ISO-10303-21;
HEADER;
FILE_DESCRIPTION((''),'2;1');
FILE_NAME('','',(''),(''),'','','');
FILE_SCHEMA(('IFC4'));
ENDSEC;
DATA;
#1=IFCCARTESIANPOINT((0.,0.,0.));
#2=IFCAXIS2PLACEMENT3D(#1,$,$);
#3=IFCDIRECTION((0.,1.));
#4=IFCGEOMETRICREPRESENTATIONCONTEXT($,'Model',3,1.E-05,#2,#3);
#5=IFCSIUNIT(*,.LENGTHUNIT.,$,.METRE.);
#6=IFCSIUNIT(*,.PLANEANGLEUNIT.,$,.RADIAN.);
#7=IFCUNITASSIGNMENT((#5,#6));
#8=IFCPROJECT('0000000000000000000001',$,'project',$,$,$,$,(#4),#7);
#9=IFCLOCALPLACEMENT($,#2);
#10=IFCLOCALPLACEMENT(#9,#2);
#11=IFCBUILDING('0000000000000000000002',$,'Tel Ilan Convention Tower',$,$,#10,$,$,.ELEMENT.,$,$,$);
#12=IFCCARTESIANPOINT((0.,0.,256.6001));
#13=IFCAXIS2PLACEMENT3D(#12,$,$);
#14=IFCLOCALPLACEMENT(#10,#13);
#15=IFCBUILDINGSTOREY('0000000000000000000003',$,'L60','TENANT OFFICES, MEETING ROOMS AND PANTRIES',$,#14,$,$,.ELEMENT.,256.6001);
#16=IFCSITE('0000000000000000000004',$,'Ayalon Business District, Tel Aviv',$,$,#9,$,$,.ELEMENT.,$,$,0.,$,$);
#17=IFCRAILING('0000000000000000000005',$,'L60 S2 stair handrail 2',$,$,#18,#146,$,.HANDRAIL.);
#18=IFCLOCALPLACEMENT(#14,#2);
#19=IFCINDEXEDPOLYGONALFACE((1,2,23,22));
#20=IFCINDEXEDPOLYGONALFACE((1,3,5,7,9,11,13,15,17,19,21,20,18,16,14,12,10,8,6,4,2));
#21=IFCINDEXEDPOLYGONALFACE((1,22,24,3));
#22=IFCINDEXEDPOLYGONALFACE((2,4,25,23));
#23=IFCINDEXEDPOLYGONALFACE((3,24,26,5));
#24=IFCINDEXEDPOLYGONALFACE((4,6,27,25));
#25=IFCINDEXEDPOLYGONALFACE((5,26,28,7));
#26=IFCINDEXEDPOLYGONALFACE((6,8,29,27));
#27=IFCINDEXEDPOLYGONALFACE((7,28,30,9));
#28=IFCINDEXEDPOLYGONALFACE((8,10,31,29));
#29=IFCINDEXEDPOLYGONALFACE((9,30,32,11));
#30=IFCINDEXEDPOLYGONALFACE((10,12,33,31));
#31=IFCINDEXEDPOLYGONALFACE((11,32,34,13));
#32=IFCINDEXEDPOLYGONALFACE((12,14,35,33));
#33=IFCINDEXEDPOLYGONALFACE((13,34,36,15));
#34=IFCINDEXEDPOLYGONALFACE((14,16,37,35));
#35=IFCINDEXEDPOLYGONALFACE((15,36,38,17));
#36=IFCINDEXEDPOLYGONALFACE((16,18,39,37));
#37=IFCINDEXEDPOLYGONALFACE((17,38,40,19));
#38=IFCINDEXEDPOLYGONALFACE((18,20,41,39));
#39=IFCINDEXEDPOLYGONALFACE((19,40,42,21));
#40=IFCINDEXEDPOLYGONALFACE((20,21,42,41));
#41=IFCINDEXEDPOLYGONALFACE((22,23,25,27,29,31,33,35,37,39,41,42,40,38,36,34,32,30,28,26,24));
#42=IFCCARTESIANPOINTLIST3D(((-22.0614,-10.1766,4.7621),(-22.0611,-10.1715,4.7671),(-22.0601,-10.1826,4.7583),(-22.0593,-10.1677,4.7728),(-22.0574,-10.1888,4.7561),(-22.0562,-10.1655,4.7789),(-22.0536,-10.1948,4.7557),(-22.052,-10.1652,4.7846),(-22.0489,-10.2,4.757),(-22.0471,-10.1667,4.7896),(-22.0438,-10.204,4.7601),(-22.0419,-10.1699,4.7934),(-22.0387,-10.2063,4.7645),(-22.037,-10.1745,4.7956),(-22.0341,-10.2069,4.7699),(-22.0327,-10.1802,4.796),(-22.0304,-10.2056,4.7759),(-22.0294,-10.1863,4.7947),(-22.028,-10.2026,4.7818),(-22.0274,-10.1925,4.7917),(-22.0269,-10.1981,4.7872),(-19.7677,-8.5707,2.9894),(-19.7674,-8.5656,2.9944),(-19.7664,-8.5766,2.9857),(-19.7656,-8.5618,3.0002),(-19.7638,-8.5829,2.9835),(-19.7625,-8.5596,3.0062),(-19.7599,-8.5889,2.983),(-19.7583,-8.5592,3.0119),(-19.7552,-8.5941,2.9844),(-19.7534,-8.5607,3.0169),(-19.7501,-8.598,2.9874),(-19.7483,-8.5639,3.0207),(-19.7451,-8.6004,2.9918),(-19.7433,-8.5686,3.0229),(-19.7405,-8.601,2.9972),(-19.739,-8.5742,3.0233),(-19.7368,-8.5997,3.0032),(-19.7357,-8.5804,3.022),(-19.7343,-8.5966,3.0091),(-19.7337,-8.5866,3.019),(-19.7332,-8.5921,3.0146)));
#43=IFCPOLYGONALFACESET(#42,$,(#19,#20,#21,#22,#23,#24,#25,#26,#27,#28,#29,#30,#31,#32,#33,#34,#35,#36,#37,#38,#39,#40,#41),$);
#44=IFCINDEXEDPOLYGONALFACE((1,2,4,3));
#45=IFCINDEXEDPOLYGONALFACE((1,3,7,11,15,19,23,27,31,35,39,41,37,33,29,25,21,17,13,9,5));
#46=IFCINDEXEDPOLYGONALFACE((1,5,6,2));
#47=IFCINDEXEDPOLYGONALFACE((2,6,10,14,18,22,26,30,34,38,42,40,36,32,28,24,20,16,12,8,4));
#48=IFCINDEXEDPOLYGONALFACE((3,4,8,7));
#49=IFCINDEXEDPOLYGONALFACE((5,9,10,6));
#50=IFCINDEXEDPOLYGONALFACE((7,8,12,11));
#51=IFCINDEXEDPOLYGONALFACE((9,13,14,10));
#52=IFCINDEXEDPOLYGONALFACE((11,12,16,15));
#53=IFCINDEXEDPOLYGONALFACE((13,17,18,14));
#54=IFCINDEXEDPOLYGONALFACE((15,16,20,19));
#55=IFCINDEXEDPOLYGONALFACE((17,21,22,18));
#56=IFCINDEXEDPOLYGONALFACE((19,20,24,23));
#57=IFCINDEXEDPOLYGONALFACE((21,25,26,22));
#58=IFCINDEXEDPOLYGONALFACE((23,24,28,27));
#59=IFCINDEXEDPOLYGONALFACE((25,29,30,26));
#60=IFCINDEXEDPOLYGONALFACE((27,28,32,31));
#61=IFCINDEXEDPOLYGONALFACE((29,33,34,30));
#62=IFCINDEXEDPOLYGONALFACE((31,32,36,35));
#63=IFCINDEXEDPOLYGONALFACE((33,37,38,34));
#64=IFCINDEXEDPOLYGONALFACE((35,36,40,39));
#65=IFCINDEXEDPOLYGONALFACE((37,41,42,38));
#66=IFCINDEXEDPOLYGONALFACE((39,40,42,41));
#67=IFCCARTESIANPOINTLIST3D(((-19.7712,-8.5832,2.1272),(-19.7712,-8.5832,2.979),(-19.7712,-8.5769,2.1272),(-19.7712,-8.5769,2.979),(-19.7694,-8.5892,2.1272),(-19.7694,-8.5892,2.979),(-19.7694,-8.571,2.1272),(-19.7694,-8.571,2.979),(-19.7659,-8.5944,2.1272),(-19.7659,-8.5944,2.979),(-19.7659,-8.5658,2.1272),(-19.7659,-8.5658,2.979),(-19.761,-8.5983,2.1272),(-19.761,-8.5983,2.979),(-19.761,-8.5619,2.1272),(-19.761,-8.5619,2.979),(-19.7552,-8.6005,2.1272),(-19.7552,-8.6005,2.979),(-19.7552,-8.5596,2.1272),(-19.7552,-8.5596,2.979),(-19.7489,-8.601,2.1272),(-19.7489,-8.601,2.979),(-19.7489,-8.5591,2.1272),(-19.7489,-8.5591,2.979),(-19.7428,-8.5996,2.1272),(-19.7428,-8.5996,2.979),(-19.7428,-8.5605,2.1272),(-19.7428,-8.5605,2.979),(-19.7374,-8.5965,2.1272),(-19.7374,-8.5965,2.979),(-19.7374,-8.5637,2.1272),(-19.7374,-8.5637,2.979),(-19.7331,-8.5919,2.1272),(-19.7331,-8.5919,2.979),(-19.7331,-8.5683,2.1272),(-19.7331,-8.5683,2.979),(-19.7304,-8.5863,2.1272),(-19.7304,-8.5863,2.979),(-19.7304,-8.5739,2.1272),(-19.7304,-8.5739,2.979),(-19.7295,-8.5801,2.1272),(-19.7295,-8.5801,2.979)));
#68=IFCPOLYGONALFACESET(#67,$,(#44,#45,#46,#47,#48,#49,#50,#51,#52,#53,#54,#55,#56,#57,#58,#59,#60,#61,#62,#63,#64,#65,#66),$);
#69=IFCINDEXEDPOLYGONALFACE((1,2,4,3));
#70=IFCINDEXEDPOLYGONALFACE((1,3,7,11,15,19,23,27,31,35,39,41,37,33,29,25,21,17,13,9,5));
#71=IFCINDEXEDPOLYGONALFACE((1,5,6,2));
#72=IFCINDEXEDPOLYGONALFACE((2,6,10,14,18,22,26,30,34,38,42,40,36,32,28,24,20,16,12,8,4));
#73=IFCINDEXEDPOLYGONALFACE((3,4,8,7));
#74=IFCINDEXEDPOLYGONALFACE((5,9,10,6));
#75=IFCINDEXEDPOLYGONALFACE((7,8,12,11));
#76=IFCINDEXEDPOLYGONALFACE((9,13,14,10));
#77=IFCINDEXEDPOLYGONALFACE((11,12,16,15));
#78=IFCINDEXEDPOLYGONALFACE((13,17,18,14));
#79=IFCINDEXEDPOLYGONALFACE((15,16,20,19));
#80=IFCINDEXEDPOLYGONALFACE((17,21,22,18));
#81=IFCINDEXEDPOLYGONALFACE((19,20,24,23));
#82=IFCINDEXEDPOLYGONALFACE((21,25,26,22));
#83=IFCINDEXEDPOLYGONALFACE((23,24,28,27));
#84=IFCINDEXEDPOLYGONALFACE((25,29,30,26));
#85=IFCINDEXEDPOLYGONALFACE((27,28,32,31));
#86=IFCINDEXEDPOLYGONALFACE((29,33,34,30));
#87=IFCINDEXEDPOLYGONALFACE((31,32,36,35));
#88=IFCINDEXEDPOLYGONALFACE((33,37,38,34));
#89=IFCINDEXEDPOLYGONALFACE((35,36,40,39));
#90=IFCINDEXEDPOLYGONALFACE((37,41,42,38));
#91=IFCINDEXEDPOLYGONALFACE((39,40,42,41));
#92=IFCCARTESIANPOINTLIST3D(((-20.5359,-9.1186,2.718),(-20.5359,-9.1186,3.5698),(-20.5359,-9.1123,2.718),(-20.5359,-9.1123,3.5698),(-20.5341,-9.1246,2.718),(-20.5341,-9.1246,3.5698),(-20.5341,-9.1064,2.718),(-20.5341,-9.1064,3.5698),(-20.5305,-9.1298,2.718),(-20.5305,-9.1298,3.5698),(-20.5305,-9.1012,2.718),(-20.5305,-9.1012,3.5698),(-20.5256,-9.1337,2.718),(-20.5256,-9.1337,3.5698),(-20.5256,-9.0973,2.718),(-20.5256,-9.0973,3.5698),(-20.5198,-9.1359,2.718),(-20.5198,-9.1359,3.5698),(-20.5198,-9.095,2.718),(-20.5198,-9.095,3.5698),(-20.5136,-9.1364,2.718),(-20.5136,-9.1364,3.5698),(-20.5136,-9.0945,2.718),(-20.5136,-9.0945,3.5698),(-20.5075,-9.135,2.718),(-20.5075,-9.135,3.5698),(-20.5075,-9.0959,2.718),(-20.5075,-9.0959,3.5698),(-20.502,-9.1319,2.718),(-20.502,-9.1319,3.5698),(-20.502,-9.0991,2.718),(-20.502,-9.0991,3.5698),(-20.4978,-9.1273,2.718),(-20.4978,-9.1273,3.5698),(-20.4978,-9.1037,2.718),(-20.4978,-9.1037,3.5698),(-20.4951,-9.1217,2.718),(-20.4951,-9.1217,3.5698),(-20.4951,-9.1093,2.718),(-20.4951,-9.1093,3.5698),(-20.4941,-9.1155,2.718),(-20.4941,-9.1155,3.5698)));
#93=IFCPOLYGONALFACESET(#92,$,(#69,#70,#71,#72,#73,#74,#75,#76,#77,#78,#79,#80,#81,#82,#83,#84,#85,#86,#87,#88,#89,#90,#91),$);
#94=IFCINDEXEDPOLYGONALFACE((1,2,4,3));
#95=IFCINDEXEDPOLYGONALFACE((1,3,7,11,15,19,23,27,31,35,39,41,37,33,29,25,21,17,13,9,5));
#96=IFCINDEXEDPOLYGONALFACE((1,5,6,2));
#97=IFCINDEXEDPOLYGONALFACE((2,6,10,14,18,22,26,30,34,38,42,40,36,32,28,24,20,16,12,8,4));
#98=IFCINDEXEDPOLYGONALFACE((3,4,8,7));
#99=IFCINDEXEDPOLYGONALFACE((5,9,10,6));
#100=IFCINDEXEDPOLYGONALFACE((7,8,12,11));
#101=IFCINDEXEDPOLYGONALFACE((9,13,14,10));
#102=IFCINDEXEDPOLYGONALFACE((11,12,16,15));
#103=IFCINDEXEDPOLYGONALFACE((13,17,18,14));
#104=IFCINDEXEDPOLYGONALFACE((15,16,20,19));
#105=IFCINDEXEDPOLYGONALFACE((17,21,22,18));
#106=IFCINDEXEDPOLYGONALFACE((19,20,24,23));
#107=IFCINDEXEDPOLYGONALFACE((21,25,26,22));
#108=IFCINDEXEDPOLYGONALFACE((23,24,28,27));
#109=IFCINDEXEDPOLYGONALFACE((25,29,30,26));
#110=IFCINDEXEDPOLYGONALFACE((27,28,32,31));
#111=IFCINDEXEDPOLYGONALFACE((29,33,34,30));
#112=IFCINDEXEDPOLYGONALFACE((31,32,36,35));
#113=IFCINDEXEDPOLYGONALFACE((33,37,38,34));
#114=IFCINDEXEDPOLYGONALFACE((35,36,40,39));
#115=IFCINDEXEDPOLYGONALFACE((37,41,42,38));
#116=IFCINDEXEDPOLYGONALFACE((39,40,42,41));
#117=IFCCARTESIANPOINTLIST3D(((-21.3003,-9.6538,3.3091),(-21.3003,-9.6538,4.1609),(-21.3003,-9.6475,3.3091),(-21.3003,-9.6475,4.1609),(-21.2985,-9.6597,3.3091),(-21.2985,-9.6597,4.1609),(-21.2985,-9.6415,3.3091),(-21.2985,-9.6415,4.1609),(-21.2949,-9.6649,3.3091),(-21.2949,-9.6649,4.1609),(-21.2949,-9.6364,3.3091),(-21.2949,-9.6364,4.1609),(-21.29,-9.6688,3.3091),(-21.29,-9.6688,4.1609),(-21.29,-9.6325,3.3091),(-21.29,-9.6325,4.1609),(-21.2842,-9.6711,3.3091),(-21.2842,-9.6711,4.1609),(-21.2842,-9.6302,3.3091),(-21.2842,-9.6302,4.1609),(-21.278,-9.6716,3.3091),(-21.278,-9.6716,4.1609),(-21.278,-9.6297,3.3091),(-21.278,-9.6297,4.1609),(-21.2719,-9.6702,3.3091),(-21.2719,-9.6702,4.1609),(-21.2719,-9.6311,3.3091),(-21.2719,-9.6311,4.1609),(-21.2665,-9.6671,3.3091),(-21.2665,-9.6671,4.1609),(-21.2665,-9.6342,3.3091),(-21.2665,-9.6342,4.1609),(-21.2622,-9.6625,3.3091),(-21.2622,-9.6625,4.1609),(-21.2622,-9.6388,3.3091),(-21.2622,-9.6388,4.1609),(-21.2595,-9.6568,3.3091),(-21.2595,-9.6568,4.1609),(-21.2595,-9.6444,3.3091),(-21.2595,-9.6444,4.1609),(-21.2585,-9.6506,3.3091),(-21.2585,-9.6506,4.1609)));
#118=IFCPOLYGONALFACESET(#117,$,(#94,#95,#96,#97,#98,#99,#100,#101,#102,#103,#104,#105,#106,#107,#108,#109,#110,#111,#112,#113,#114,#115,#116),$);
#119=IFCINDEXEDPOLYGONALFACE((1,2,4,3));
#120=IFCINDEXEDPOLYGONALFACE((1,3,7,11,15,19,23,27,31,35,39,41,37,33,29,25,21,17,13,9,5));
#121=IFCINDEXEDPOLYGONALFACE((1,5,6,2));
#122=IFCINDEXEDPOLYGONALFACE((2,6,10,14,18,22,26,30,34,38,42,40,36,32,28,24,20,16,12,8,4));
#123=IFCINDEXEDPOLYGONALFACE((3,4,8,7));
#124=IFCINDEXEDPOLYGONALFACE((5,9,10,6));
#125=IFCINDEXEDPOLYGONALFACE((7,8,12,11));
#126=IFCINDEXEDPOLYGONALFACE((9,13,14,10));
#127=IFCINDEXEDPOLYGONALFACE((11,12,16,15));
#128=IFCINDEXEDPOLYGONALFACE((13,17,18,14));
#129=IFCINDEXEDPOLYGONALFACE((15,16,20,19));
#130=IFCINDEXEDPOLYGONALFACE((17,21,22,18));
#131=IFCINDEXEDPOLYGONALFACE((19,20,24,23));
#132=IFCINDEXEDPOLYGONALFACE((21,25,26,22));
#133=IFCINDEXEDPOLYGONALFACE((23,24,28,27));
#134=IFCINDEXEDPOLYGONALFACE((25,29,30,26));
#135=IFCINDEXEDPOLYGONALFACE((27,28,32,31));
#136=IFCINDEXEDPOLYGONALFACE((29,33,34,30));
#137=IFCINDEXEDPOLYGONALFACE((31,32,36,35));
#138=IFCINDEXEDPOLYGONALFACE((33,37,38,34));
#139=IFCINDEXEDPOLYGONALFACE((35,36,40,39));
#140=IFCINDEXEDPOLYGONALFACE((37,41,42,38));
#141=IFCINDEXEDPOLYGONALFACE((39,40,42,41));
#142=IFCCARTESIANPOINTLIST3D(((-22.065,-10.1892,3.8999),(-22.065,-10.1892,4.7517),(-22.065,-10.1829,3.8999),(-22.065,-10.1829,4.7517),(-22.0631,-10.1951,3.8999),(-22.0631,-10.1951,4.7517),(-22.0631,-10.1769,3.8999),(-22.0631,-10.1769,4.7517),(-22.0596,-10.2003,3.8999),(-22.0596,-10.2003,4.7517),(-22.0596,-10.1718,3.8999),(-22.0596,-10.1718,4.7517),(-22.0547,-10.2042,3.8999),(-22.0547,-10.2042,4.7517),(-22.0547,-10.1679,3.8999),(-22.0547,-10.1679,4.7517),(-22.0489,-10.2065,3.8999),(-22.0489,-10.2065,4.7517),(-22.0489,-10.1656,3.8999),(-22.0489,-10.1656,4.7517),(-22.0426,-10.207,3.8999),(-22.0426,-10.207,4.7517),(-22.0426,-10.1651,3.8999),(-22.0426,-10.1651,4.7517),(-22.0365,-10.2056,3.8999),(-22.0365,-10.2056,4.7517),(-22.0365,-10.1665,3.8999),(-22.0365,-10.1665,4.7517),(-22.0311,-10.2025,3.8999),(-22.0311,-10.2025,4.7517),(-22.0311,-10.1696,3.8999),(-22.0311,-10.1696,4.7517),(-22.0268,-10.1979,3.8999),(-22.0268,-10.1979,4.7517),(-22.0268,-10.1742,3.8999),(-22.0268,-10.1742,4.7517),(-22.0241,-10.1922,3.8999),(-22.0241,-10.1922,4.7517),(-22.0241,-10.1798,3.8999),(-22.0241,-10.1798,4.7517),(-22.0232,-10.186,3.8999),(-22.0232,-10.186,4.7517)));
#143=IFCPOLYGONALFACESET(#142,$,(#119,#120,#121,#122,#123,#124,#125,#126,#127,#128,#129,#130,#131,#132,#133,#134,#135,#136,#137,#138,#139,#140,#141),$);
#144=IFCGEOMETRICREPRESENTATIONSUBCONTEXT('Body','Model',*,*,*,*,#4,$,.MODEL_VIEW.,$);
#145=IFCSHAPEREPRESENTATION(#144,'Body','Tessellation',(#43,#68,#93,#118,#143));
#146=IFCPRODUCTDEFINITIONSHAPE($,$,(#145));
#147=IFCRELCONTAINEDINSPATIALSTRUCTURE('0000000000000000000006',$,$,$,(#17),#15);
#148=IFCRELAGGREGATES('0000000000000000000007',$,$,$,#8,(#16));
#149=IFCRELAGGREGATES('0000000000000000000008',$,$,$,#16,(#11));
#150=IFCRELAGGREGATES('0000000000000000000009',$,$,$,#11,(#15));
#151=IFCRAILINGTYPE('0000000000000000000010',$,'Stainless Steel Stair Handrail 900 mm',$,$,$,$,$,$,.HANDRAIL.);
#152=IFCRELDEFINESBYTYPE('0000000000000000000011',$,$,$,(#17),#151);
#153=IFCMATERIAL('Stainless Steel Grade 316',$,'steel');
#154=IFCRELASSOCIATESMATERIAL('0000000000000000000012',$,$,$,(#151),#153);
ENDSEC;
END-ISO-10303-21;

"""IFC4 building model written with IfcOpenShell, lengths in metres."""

from ifc_helpers import new_model, si_unit, direction, frame, origin, origin_2d, place, context, subcontext, project, spatial, circle, extrude, material, type_object, element, save


model = new_model("IFC4")

# Units and contexts
model_context = context("Model", 3, precision=1e-05, world=origin(), true_north=direction((0.0, 1.0)))
body_context = subcontext(model_context, "Body", "Model", "MODEL_VIEW")
ifc_project = project(units=[si_unit("LENGTHUNIT", "METRE"), si_unit("PLANEANGLEUNIT", "RADIAN")], contexts=[model_context])

# Site, building, storey
site_placement = place(None, origin())
site = spatial("IfcSite", under=ifc_project, at=site_placement, Name="Ayalon Business District, Tel Aviv", CompositionType="ELEMENT", RefElevation=0.0)
building_placement = place(site_placement, origin())
building = spatial("IfcBuilding", under=site, at=building_placement, Name="Tel Ilan Convention Tower", CompositionType="ELEMENT")
storey_placement = place(building_placement, frame((0.0, 0.0, 256.6001)))
storey = spatial("IfcBuildingStorey", under=building, at=storey_placement, Name="L60", Description="TENANT OFFICES, MEETING ROOMS AND PANTRIES", CompositionType="ELEMENT", Elevation=256.6001)

# Railing
ifc_material_1 = material(Name="Stainless Steel Grade 316", Category="steel")
railing_type_1 = type_object("IfcRailingType", Name="Stainless Steel Stair Handrail 900 mm", PredefinedType="HANDRAIL", material=ifc_material_1)
for number, where, name in (
    (1, (-19.7505, -8.5801, 2.1272), "L60 S2 stair handrail 2"),
):
    element("IfcRailing", number, at=place(storey_placement, frame(where)), inside=storey, type_object=railing_type_1, Name=name, PredefinedType="HANDRAIL", context=body_context, shape_type="SweptSolid", body=[
        extrude(circle(Radius=0.0239, at=origin_2d()), frame((0.0, 0.0, 0.876), z_axis=(-0.692123, -0.484597, 0.534913), x_axis=(0.57355, -0.81917, 0.0)), (0.0, 0.0, 1.0), 3.314),
        extrude(circle(Radius=0.021, at=origin_2d()), origin(), (0.0, 0.0, 1.0), 0.8518),
        extrude(circle(Radius=0.021, at=origin_2d()), frame((-0.7646, -0.5354, 0.5908)), (0.0, 0.0, 1.0), 0.8518),
        extrude(circle(Radius=0.021, at=origin_2d()), frame((-1.5291, -1.0706, 1.1819)), (0.0, 0.0, 1.0), 0.8518),
        extrude(circle(Radius=0.021, at=origin_2d()), frame((-2.2937, -1.606, 1.7727)), (0.0, 0.0, 1.0), 0.8518),
    ])

save(model, "model.ifc")
